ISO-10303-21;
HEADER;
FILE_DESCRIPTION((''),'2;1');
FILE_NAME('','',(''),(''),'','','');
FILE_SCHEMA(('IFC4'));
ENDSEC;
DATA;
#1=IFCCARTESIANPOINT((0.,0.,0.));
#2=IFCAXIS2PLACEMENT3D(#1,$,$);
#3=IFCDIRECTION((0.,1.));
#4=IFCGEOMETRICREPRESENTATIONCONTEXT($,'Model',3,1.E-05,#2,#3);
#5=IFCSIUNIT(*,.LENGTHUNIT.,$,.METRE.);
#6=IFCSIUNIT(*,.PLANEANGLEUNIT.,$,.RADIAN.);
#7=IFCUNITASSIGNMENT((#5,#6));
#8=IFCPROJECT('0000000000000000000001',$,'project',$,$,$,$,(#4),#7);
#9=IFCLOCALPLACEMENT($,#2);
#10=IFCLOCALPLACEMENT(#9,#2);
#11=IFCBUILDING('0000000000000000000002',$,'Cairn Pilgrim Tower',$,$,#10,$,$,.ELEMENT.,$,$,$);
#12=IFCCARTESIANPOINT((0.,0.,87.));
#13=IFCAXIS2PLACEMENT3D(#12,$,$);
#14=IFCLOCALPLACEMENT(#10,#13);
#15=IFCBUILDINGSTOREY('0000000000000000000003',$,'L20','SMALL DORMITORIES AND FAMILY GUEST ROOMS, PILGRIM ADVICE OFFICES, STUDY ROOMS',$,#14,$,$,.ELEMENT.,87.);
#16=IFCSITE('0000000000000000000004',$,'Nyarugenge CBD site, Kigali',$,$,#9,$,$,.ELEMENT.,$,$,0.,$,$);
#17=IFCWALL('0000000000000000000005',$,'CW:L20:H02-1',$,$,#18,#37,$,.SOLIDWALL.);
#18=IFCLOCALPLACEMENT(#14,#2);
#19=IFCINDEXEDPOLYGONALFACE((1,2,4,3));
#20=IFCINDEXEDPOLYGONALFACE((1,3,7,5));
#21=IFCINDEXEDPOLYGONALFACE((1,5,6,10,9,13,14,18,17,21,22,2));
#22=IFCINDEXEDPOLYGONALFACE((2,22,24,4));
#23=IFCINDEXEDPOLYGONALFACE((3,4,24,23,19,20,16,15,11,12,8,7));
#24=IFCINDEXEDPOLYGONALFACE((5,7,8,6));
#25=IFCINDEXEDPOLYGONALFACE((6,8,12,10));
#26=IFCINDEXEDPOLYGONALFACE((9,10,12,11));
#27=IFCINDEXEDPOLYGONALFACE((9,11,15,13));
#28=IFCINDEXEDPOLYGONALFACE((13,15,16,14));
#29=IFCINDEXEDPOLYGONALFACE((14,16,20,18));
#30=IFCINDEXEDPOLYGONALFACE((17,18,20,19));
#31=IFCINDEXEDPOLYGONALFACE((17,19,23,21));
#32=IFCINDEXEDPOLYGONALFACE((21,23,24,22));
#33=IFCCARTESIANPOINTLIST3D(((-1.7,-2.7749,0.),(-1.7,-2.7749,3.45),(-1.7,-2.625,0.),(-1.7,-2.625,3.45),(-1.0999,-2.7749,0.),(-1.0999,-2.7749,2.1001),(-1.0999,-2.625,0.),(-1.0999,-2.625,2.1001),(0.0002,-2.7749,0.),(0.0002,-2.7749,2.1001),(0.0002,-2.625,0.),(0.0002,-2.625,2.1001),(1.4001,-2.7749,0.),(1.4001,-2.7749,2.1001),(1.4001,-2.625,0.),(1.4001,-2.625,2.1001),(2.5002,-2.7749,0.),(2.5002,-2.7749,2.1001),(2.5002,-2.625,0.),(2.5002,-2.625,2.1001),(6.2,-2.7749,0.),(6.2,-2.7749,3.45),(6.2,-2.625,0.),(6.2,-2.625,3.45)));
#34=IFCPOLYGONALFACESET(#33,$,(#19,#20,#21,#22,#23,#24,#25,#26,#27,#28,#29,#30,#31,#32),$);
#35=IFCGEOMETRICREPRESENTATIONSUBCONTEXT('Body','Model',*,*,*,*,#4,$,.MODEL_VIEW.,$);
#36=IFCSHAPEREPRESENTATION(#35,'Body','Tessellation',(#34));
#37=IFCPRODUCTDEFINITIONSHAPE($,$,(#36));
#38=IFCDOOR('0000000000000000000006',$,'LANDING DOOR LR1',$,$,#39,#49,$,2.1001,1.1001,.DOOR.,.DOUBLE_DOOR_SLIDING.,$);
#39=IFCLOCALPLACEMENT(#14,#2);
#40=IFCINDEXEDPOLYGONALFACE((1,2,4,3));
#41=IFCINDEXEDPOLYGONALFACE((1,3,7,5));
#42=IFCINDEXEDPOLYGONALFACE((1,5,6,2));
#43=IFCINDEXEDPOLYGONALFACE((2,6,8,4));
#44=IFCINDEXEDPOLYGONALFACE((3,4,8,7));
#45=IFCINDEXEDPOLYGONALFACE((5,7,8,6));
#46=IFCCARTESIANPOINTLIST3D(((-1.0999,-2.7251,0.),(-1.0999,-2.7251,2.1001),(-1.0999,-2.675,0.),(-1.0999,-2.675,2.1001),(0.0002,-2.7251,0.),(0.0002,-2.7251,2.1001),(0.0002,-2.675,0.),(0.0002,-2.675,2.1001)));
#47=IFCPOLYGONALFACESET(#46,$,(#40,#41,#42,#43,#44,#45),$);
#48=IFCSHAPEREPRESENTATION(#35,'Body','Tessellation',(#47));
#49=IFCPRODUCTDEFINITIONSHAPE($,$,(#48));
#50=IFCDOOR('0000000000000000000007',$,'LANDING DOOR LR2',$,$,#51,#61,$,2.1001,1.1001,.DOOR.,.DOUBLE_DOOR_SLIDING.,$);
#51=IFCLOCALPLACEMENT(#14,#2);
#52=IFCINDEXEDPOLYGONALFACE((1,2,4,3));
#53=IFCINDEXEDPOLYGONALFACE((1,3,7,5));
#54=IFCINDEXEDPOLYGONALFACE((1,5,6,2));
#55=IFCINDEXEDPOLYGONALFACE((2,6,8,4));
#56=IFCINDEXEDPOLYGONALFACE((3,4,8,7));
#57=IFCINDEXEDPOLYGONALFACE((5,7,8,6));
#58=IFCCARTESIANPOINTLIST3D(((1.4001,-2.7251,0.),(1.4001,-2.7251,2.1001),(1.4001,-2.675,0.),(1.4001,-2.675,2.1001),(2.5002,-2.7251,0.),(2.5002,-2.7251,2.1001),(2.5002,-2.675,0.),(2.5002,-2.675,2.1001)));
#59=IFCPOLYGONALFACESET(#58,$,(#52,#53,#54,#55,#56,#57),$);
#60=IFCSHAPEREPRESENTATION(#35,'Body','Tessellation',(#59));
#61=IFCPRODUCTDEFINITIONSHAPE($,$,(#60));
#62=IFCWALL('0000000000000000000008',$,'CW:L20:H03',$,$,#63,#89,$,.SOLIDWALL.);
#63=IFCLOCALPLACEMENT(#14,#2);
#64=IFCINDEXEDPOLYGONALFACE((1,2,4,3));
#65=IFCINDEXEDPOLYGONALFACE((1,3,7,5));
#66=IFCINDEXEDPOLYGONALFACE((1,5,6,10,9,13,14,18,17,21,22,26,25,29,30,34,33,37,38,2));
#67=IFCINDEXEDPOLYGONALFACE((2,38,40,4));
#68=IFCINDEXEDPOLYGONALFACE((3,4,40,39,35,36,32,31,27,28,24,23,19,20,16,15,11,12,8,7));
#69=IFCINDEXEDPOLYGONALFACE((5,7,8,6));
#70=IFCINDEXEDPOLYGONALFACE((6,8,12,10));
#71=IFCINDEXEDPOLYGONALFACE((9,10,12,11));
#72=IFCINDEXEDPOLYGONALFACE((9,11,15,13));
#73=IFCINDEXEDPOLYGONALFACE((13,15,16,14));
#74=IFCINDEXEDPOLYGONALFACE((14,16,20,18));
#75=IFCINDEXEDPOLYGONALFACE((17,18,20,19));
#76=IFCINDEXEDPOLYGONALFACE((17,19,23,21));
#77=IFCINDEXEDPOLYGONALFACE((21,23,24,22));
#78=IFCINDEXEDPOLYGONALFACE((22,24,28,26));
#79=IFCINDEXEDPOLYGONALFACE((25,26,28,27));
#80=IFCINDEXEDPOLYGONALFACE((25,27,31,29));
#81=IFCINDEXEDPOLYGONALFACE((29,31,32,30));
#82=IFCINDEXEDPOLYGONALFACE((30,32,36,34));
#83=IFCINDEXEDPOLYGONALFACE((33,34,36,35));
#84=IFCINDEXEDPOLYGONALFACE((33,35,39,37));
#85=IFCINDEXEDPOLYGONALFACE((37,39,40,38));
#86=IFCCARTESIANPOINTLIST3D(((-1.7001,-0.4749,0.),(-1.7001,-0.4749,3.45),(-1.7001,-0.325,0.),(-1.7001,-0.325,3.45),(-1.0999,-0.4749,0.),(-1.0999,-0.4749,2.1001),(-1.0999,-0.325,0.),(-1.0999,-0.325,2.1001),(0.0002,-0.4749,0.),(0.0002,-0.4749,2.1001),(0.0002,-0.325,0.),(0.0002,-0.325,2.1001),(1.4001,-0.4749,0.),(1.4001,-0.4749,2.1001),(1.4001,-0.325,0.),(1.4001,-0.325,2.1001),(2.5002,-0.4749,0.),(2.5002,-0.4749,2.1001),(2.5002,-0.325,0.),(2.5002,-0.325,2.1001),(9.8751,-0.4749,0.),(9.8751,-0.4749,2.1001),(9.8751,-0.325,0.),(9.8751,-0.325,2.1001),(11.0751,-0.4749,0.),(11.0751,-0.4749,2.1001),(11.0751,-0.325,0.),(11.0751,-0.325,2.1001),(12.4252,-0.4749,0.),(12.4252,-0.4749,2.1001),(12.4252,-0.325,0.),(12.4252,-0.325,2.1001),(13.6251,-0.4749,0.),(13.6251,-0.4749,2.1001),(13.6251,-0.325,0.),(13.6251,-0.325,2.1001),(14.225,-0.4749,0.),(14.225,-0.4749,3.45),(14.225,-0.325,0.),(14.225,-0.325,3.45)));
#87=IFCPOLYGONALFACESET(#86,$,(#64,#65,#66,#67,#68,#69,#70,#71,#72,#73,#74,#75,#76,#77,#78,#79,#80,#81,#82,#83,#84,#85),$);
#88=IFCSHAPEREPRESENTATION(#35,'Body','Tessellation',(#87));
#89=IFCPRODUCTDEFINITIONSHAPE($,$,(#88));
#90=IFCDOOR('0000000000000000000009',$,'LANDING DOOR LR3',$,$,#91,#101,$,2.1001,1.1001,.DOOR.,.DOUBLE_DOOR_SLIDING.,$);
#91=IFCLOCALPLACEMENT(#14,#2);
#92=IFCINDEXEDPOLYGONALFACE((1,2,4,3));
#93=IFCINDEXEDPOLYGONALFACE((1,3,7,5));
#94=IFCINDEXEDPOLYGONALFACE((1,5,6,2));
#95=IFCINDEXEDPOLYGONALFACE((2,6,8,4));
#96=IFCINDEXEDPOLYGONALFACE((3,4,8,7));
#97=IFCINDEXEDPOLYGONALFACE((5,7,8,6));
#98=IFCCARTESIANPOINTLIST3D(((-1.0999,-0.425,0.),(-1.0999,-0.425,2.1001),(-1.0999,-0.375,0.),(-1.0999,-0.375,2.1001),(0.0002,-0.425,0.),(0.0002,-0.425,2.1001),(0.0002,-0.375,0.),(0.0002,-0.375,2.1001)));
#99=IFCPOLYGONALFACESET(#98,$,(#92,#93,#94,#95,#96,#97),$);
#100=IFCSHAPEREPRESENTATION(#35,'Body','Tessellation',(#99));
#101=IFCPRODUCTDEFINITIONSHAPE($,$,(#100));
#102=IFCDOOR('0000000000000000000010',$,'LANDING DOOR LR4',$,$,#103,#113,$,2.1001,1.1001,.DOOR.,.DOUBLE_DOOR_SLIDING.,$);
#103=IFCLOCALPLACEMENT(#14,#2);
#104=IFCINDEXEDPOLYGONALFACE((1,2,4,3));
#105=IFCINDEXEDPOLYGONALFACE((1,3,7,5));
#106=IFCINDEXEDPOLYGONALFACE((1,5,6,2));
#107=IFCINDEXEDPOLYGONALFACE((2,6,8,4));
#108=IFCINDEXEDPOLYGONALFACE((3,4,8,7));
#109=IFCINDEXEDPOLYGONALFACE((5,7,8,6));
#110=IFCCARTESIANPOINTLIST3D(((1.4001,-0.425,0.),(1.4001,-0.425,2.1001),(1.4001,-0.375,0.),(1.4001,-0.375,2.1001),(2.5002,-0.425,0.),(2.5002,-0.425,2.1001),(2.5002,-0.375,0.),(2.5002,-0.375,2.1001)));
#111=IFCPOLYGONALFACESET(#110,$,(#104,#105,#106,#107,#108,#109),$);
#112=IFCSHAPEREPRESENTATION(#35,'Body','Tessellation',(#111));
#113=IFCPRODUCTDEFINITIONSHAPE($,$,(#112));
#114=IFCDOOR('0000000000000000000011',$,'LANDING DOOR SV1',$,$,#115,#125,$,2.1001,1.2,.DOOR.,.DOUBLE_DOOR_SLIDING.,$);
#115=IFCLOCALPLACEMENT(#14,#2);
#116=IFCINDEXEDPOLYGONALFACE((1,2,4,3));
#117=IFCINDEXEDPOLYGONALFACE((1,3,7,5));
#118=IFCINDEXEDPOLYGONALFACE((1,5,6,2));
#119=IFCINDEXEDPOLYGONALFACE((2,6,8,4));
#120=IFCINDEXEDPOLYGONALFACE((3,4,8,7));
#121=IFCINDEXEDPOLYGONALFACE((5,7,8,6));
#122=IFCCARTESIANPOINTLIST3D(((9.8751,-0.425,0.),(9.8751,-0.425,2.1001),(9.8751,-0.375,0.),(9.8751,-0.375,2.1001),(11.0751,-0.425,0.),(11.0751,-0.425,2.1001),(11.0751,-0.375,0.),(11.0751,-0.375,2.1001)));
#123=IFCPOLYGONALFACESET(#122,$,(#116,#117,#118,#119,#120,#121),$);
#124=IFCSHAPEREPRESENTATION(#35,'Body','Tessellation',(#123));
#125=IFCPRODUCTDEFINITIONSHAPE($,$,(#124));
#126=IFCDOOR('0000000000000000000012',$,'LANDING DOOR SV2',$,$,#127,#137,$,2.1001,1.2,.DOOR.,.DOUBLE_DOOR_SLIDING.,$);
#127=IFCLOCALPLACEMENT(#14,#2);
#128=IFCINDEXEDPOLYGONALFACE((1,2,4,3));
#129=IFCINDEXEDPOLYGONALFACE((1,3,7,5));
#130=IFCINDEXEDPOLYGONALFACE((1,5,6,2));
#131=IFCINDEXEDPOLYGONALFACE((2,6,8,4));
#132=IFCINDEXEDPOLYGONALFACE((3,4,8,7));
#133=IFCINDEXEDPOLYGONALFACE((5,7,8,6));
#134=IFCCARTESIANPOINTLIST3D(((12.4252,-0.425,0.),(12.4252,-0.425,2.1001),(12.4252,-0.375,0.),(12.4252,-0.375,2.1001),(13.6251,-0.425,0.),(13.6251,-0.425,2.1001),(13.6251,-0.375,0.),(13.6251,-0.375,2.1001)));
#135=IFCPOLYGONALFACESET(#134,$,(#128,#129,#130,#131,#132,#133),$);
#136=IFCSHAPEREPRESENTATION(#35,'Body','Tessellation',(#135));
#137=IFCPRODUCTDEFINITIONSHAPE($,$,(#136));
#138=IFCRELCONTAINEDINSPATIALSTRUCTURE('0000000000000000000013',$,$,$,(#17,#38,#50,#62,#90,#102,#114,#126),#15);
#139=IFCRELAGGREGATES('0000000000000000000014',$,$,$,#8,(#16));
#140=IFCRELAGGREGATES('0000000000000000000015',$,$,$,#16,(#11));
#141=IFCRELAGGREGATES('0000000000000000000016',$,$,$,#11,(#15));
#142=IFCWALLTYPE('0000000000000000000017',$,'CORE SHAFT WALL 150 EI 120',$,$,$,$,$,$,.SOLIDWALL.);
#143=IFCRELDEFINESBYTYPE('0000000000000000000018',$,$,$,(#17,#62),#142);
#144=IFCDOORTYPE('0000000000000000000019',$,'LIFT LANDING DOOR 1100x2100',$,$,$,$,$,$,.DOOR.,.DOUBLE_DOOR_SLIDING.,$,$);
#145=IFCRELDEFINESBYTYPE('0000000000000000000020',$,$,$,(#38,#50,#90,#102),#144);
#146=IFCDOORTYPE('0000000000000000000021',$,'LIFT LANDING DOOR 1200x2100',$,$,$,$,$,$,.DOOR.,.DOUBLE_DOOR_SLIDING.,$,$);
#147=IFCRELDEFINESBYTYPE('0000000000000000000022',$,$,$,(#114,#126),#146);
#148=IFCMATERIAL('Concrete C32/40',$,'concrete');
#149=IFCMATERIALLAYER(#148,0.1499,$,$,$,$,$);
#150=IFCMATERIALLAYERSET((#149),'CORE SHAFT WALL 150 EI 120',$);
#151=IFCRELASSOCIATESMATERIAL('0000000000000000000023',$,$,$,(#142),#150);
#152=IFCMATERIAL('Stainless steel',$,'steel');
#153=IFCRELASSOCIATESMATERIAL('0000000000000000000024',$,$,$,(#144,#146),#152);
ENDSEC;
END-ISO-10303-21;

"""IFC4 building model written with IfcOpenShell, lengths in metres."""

from ifc_helpers import new_model, si_unit, direction, frame, frame_2d, origin, place, context, subcontext, project, spatial, rectangle, extrude, material, layer, layer_set, type_object, element, fill, save


model = new_model("IFC4")

# Units and contexts
model_context = context("Model", 3, precision=1e-05, world=origin(), true_north=direction((0.0, 1.0)))
body_context = subcontext(model_context, "Body", "Model", "MODEL_VIEW")
ifc_project = project(units=[si_unit("LENGTHUNIT", "METRE"), si_unit("PLANEANGLEUNIT", "RADIAN")], contexts=[model_context])

# Site, building, storey
site_placement = place(None, origin())
site = spatial("IfcSite", under=ifc_project, at=site_placement, Name="Nyarugenge CBD site, Kigali", CompositionType="ELEMENT", RefElevation=0.0)
building_placement = place(site_placement, origin())
building = spatial("IfcBuilding", under=site, at=building_placement, Name="Cairn Pilgrim Tower", CompositionType="ELEMENT")
storey_placement = place(building_placement, frame((0.0, 0.0, 87.0)))
storey = spatial("IfcBuildingStorey", under=building, at=storey_placement, Name="L20", Description="SMALL DORMITORIES AND FAMILY GUEST ROOMS, PILGRIM ADVICE OFFICES, STUDY ROOMS", CompositionType="ELEMENT", Elevation=87.0)

# Shared definitions
ifc_material_1 = material(Name="Concrete C32/40", Category="concrete")

# Walls, openings, doors
ifc_layer_1 = layer(ifc_material_1, 0.1499)
ifc_layer_set_1 = layer_set([ifc_layer_1], Name="CORE SHAFT WALL 150 EI 120")
wall_type_1 = type_object("IfcWallType", Name="CORE SHAFT WALL 150 EI 120", PredefinedType="SOLIDWALL", material=ifc_layer_set_1)
wall_1_placement = place(storey_placement, frame((-1.7, -2.7, 0.0), z_axis=(0.0, 0.0, 1.0), x_axis=(1.0, 0.0, 0.0)))
wall_1 = element("IfcWall", 1, at=wall_1_placement, inside=storey, type_object=wall_type_1, Name="CW:L20:H02-1", PredefinedType="SOLIDWALL", context=body_context, shape_type="SweptSolid", body=[
    extrude(rectangle(XDim=7.8999, YDim=0.1499, at=frame_2d((3.95, 0.0))), origin(), (0.0, 0.0, 1.0), 3.45),
])
opening_1_placement = place(wall_1_placement, frame((0.6001, 0.0, 0.0)))
opening_1 = element("IfcOpeningElement", 2, at=opening_1_placement, cuts=wall_1, PredefinedType="OPENING", context=body_context, shape_type="SweptSolid", body=[
    extrude(rectangle(XDim=1.1001, YDim=2.1001, at=frame_2d((0.55, 1.05))), frame((0.0, 0.085, 0.0), z_axis=(0.0, -1.0, 0.0), x_axis=(1.0, 0.0, 0.0)), (0.0, 0.0, 1.0), 0.1699),
])
opening_2_placement = place(wall_1_placement, frame((3.1001, 0.0, 0.0)))
opening_2 = element("IfcOpeningElement", 3, at=opening_2_placement, cuts=wall_1, PredefinedType="OPENING", context=body_context, shape_type="SweptSolid", body=[
    extrude(rectangle(XDim=1.1001, YDim=2.1001, at=frame_2d((0.55, 1.05))), frame((0.0, 0.085, 0.0), z_axis=(0.0, -1.0, 0.0), x_axis=(1.0, 0.0, 0.0)), (0.0, 0.0, 1.0), 0.1699),
])
ifc_material_2 = material(Name="Stainless steel", Category="steel")
door_type_1 = type_object("IfcDoorType", Name="LIFT LANDING DOOR 1100x2100", OperationType="DOUBLE_DOOR_SLIDING", PredefinedType="DOOR", material=ifc_material_2)
door_1_placement = place(opening_1_placement, origin())
door_1 = element("IfcDoor", 4, at=door_1_placement, inside=storey, type_object=door_type_1, Name="LANDING DOOR LR1", OperationType="DOUBLE_DOOR_SLIDING", OverallHeight=2.1001, OverallWidth=1.1001, PredefinedType="DOOR", context=body_context, shape_type="SweptSolid", body=[
    extrude(rectangle(XDim=1.1001, YDim=2.1001, at=frame_2d((0.55, 1.05))), frame((0.0, 0.0249, 0.0), z_axis=(0.0, -1.0, 0.0), x_axis=(1.0, 0.0, 0.0)), (0.0, 0.0, 1.0), 0.05),
])
fill(opening_1, door_1)
door_2_placement = place(opening_2_placement, origin())
door_2 = element("IfcDoor", 5, at=door_2_placement, inside=storey, type_object=door_type_1, Name="LANDING DOOR LR2", OperationType="DOUBLE_DOOR_SLIDING", OverallHeight=2.1001, OverallWidth=1.1001, PredefinedType="DOOR", context=body_context, shape_type="SweptSolid", body=[
    extrude(rectangle(XDim=1.1001, YDim=2.1001, at=frame_2d((0.55, 1.05))), frame((0.0, 0.0249, 0.0), z_axis=(0.0, -1.0, 0.0), x_axis=(1.0, 0.0, 0.0)), (0.0, 0.0, 1.0), 0.05),
])
fill(opening_2, door_2)
wall_2_placement = place(storey_placement, frame((-1.7, -0.3999, 0.0), z_axis=(0.0, 0.0, 1.0), x_axis=(1.0, 0.0, 0.0)))
wall_2 = element("IfcWall", 6, at=wall_2_placement, inside=storey, type_object=wall_type_1, Name="CW:L20:H03", PredefinedType="SOLIDWALL", context=body_context, shape_type="SweptSolid", body=[
    extrude(rectangle(XDim=15.925, YDim=0.1499, at=frame_2d((7.9624, 0.0))), origin(), (0.0, 0.0, 1.0), 3.45),
])
opening_3_placement = place(wall_2_placement, frame((0.6001, 0.0, 0.0)))
opening_3 = element("IfcOpeningElement", 7, at=opening_3_placement, cuts=wall_2, PredefinedType="OPENING", context=body_context, shape_type="SweptSolid", body=[
    extrude(rectangle(XDim=1.1001, YDim=2.1001, at=frame_2d((0.55, 1.05))), frame((0.0, 0.085, 0.0), z_axis=(0.0, -1.0, 0.0), x_axis=(1.0, 0.0, 0.0)), (0.0, 0.0, 1.0), 0.1699),
])
opening_4_placement = place(wall_2_placement, frame((3.1001, 0.0, 0.0)))
opening_4 = element("IfcOpeningElement", 8, at=opening_4_placement, cuts=wall_2, PredefinedType="OPENING", context=body_context, shape_type="SweptSolid", body=[
    extrude(rectangle(XDim=1.1001, YDim=2.1001, at=frame_2d((0.55, 1.05))), frame((0.0, 0.085, 0.0), z_axis=(0.0, -1.0, 0.0), x_axis=(1.0, 0.0, 0.0)), (0.0, 0.0, 1.0), 0.1699),
])
opening_5_placement = place(wall_2_placement, frame((11.575, 0.0, 0.0)))
opening_5 = element("IfcOpeningElement", 9, at=opening_5_placement, cuts=wall_2, PredefinedType="OPENING", context=body_context, shape_type="SweptSolid", body=[
    extrude(rectangle(XDim=1.2, YDim=2.1001, at=frame_2d((0.6001, 1.05))), frame((0.0, 0.085, 0.0), z_axis=(0.0, -1.0, 0.0), x_axis=(1.0, 0.0, 0.0)), (0.0, 0.0, 1.0), 0.1699),
])
opening_6_placement = place(wall_2_placement, frame((14.125, 0.0, 0.0)))
opening_6 = element("IfcOpeningElement", 10, at=opening_6_placement, cuts=wall_2, PredefinedType="OPENING", context=body_context, shape_type="SweptSolid", body=[
    extrude(rectangle(XDim=1.2, YDim=2.1001, at=frame_2d((0.6001, 1.05))), frame((0.0, 0.085, 0.0), z_axis=(0.0, -1.0, 0.0), x_axis=(1.0, 0.0, 0.0)), (0.0, 0.0, 1.0), 0.1699),
])
door_3_placement = place(opening_3_placement, origin())
door_3 = element("IfcDoor", 11, at=door_3_placement, inside=storey, type_object=door_type_1, Name="LANDING DOOR LR3", OperationType="DOUBLE_DOOR_SLIDING", OverallHeight=2.1001, OverallWidth=1.1001, PredefinedType="DOOR", context=body_context, shape_type="SweptSolid", body=[
    extrude(rectangle(XDim=1.1001, YDim=2.1001, at=frame_2d((0.55, 1.05))), frame((0.0, 0.0249, 0.0), z_axis=(0.0, -1.0, 0.0), x_axis=(1.0, 0.0, 0.0)), (0.0, 0.0, 1.0), 0.05),
])
fill(opening_3, door_3)
door_4_placement = place(opening_4_placement, origin())
door_4 = element("IfcDoor", 12, at=door_4_placement, inside=storey, type_object=door_type_1, Name="LANDING DOOR LR4", OperationType="DOUBLE_DOOR_SLIDING", OverallHeight=2.1001, OverallWidth=1.1001, PredefinedType="DOOR", context=body_context, shape_type="SweptSolid", body=[
    extrude(rectangle(XDim=1.1001, YDim=2.1001, at=frame_2d((0.55, 1.05))), frame((0.0, 0.0249, 0.0), z_axis=(0.0, -1.0, 0.0), x_axis=(1.0, 0.0, 0.0)), (0.0, 0.0, 1.0), 0.05),
])
fill(opening_4, door_4)
door_type_2 = type_object("IfcDoorType", Name="LIFT LANDING DOOR 1200x2100", OperationType="DOUBLE_DOOR_SLIDING", PredefinedType="DOOR", material=ifc_material_2)
door_5_placement = place(opening_5_placement, origin())
door_5 = element("IfcDoor", 13, at=door_5_placement, inside=storey, type_object=door_type_2, Name="LANDING DOOR SV1", OperationType="DOUBLE_DOOR_SLIDING", OverallHeight=2.1001, OverallWidth=1.2, PredefinedType="DOOR", context=body_context, shape_type="SweptSolid", body=[
    extrude(rectangle(XDim=1.2, YDim=2.1001, at=frame_2d((0.6001, 1.05))), frame((0.0, 0.0249, 0.0), z_axis=(0.0, -1.0, 0.0), x_axis=(1.0, 0.0, 0.0)), (0.0, 0.0, 1.0), 0.05),
])
fill(opening_5, door_5)
door_6_placement = place(opening_6_placement, origin())
door_6 = element("IfcDoor", 14, at=door_6_placement, inside=storey, type_object=door_type_2, Name="LANDING DOOR SV2", OperationType="DOUBLE_DOOR_SLIDING", OverallHeight=2.1001, OverallWidth=1.2, PredefinedType="DOOR", context=body_context, shape_type="SweptSolid", body=[
    extrude(rectangle(XDim=1.2, YDim=2.1001, at=frame_2d((0.6001, 1.05))), frame((0.0, 0.0249, 0.0), z_axis=(0.0, -1.0, 0.0), x_axis=(1.0, 0.0, 0.0)), (0.0, 0.0, 1.0), 0.05),
])
fill(opening_6, door_6)

save(model, "model.ifc")
